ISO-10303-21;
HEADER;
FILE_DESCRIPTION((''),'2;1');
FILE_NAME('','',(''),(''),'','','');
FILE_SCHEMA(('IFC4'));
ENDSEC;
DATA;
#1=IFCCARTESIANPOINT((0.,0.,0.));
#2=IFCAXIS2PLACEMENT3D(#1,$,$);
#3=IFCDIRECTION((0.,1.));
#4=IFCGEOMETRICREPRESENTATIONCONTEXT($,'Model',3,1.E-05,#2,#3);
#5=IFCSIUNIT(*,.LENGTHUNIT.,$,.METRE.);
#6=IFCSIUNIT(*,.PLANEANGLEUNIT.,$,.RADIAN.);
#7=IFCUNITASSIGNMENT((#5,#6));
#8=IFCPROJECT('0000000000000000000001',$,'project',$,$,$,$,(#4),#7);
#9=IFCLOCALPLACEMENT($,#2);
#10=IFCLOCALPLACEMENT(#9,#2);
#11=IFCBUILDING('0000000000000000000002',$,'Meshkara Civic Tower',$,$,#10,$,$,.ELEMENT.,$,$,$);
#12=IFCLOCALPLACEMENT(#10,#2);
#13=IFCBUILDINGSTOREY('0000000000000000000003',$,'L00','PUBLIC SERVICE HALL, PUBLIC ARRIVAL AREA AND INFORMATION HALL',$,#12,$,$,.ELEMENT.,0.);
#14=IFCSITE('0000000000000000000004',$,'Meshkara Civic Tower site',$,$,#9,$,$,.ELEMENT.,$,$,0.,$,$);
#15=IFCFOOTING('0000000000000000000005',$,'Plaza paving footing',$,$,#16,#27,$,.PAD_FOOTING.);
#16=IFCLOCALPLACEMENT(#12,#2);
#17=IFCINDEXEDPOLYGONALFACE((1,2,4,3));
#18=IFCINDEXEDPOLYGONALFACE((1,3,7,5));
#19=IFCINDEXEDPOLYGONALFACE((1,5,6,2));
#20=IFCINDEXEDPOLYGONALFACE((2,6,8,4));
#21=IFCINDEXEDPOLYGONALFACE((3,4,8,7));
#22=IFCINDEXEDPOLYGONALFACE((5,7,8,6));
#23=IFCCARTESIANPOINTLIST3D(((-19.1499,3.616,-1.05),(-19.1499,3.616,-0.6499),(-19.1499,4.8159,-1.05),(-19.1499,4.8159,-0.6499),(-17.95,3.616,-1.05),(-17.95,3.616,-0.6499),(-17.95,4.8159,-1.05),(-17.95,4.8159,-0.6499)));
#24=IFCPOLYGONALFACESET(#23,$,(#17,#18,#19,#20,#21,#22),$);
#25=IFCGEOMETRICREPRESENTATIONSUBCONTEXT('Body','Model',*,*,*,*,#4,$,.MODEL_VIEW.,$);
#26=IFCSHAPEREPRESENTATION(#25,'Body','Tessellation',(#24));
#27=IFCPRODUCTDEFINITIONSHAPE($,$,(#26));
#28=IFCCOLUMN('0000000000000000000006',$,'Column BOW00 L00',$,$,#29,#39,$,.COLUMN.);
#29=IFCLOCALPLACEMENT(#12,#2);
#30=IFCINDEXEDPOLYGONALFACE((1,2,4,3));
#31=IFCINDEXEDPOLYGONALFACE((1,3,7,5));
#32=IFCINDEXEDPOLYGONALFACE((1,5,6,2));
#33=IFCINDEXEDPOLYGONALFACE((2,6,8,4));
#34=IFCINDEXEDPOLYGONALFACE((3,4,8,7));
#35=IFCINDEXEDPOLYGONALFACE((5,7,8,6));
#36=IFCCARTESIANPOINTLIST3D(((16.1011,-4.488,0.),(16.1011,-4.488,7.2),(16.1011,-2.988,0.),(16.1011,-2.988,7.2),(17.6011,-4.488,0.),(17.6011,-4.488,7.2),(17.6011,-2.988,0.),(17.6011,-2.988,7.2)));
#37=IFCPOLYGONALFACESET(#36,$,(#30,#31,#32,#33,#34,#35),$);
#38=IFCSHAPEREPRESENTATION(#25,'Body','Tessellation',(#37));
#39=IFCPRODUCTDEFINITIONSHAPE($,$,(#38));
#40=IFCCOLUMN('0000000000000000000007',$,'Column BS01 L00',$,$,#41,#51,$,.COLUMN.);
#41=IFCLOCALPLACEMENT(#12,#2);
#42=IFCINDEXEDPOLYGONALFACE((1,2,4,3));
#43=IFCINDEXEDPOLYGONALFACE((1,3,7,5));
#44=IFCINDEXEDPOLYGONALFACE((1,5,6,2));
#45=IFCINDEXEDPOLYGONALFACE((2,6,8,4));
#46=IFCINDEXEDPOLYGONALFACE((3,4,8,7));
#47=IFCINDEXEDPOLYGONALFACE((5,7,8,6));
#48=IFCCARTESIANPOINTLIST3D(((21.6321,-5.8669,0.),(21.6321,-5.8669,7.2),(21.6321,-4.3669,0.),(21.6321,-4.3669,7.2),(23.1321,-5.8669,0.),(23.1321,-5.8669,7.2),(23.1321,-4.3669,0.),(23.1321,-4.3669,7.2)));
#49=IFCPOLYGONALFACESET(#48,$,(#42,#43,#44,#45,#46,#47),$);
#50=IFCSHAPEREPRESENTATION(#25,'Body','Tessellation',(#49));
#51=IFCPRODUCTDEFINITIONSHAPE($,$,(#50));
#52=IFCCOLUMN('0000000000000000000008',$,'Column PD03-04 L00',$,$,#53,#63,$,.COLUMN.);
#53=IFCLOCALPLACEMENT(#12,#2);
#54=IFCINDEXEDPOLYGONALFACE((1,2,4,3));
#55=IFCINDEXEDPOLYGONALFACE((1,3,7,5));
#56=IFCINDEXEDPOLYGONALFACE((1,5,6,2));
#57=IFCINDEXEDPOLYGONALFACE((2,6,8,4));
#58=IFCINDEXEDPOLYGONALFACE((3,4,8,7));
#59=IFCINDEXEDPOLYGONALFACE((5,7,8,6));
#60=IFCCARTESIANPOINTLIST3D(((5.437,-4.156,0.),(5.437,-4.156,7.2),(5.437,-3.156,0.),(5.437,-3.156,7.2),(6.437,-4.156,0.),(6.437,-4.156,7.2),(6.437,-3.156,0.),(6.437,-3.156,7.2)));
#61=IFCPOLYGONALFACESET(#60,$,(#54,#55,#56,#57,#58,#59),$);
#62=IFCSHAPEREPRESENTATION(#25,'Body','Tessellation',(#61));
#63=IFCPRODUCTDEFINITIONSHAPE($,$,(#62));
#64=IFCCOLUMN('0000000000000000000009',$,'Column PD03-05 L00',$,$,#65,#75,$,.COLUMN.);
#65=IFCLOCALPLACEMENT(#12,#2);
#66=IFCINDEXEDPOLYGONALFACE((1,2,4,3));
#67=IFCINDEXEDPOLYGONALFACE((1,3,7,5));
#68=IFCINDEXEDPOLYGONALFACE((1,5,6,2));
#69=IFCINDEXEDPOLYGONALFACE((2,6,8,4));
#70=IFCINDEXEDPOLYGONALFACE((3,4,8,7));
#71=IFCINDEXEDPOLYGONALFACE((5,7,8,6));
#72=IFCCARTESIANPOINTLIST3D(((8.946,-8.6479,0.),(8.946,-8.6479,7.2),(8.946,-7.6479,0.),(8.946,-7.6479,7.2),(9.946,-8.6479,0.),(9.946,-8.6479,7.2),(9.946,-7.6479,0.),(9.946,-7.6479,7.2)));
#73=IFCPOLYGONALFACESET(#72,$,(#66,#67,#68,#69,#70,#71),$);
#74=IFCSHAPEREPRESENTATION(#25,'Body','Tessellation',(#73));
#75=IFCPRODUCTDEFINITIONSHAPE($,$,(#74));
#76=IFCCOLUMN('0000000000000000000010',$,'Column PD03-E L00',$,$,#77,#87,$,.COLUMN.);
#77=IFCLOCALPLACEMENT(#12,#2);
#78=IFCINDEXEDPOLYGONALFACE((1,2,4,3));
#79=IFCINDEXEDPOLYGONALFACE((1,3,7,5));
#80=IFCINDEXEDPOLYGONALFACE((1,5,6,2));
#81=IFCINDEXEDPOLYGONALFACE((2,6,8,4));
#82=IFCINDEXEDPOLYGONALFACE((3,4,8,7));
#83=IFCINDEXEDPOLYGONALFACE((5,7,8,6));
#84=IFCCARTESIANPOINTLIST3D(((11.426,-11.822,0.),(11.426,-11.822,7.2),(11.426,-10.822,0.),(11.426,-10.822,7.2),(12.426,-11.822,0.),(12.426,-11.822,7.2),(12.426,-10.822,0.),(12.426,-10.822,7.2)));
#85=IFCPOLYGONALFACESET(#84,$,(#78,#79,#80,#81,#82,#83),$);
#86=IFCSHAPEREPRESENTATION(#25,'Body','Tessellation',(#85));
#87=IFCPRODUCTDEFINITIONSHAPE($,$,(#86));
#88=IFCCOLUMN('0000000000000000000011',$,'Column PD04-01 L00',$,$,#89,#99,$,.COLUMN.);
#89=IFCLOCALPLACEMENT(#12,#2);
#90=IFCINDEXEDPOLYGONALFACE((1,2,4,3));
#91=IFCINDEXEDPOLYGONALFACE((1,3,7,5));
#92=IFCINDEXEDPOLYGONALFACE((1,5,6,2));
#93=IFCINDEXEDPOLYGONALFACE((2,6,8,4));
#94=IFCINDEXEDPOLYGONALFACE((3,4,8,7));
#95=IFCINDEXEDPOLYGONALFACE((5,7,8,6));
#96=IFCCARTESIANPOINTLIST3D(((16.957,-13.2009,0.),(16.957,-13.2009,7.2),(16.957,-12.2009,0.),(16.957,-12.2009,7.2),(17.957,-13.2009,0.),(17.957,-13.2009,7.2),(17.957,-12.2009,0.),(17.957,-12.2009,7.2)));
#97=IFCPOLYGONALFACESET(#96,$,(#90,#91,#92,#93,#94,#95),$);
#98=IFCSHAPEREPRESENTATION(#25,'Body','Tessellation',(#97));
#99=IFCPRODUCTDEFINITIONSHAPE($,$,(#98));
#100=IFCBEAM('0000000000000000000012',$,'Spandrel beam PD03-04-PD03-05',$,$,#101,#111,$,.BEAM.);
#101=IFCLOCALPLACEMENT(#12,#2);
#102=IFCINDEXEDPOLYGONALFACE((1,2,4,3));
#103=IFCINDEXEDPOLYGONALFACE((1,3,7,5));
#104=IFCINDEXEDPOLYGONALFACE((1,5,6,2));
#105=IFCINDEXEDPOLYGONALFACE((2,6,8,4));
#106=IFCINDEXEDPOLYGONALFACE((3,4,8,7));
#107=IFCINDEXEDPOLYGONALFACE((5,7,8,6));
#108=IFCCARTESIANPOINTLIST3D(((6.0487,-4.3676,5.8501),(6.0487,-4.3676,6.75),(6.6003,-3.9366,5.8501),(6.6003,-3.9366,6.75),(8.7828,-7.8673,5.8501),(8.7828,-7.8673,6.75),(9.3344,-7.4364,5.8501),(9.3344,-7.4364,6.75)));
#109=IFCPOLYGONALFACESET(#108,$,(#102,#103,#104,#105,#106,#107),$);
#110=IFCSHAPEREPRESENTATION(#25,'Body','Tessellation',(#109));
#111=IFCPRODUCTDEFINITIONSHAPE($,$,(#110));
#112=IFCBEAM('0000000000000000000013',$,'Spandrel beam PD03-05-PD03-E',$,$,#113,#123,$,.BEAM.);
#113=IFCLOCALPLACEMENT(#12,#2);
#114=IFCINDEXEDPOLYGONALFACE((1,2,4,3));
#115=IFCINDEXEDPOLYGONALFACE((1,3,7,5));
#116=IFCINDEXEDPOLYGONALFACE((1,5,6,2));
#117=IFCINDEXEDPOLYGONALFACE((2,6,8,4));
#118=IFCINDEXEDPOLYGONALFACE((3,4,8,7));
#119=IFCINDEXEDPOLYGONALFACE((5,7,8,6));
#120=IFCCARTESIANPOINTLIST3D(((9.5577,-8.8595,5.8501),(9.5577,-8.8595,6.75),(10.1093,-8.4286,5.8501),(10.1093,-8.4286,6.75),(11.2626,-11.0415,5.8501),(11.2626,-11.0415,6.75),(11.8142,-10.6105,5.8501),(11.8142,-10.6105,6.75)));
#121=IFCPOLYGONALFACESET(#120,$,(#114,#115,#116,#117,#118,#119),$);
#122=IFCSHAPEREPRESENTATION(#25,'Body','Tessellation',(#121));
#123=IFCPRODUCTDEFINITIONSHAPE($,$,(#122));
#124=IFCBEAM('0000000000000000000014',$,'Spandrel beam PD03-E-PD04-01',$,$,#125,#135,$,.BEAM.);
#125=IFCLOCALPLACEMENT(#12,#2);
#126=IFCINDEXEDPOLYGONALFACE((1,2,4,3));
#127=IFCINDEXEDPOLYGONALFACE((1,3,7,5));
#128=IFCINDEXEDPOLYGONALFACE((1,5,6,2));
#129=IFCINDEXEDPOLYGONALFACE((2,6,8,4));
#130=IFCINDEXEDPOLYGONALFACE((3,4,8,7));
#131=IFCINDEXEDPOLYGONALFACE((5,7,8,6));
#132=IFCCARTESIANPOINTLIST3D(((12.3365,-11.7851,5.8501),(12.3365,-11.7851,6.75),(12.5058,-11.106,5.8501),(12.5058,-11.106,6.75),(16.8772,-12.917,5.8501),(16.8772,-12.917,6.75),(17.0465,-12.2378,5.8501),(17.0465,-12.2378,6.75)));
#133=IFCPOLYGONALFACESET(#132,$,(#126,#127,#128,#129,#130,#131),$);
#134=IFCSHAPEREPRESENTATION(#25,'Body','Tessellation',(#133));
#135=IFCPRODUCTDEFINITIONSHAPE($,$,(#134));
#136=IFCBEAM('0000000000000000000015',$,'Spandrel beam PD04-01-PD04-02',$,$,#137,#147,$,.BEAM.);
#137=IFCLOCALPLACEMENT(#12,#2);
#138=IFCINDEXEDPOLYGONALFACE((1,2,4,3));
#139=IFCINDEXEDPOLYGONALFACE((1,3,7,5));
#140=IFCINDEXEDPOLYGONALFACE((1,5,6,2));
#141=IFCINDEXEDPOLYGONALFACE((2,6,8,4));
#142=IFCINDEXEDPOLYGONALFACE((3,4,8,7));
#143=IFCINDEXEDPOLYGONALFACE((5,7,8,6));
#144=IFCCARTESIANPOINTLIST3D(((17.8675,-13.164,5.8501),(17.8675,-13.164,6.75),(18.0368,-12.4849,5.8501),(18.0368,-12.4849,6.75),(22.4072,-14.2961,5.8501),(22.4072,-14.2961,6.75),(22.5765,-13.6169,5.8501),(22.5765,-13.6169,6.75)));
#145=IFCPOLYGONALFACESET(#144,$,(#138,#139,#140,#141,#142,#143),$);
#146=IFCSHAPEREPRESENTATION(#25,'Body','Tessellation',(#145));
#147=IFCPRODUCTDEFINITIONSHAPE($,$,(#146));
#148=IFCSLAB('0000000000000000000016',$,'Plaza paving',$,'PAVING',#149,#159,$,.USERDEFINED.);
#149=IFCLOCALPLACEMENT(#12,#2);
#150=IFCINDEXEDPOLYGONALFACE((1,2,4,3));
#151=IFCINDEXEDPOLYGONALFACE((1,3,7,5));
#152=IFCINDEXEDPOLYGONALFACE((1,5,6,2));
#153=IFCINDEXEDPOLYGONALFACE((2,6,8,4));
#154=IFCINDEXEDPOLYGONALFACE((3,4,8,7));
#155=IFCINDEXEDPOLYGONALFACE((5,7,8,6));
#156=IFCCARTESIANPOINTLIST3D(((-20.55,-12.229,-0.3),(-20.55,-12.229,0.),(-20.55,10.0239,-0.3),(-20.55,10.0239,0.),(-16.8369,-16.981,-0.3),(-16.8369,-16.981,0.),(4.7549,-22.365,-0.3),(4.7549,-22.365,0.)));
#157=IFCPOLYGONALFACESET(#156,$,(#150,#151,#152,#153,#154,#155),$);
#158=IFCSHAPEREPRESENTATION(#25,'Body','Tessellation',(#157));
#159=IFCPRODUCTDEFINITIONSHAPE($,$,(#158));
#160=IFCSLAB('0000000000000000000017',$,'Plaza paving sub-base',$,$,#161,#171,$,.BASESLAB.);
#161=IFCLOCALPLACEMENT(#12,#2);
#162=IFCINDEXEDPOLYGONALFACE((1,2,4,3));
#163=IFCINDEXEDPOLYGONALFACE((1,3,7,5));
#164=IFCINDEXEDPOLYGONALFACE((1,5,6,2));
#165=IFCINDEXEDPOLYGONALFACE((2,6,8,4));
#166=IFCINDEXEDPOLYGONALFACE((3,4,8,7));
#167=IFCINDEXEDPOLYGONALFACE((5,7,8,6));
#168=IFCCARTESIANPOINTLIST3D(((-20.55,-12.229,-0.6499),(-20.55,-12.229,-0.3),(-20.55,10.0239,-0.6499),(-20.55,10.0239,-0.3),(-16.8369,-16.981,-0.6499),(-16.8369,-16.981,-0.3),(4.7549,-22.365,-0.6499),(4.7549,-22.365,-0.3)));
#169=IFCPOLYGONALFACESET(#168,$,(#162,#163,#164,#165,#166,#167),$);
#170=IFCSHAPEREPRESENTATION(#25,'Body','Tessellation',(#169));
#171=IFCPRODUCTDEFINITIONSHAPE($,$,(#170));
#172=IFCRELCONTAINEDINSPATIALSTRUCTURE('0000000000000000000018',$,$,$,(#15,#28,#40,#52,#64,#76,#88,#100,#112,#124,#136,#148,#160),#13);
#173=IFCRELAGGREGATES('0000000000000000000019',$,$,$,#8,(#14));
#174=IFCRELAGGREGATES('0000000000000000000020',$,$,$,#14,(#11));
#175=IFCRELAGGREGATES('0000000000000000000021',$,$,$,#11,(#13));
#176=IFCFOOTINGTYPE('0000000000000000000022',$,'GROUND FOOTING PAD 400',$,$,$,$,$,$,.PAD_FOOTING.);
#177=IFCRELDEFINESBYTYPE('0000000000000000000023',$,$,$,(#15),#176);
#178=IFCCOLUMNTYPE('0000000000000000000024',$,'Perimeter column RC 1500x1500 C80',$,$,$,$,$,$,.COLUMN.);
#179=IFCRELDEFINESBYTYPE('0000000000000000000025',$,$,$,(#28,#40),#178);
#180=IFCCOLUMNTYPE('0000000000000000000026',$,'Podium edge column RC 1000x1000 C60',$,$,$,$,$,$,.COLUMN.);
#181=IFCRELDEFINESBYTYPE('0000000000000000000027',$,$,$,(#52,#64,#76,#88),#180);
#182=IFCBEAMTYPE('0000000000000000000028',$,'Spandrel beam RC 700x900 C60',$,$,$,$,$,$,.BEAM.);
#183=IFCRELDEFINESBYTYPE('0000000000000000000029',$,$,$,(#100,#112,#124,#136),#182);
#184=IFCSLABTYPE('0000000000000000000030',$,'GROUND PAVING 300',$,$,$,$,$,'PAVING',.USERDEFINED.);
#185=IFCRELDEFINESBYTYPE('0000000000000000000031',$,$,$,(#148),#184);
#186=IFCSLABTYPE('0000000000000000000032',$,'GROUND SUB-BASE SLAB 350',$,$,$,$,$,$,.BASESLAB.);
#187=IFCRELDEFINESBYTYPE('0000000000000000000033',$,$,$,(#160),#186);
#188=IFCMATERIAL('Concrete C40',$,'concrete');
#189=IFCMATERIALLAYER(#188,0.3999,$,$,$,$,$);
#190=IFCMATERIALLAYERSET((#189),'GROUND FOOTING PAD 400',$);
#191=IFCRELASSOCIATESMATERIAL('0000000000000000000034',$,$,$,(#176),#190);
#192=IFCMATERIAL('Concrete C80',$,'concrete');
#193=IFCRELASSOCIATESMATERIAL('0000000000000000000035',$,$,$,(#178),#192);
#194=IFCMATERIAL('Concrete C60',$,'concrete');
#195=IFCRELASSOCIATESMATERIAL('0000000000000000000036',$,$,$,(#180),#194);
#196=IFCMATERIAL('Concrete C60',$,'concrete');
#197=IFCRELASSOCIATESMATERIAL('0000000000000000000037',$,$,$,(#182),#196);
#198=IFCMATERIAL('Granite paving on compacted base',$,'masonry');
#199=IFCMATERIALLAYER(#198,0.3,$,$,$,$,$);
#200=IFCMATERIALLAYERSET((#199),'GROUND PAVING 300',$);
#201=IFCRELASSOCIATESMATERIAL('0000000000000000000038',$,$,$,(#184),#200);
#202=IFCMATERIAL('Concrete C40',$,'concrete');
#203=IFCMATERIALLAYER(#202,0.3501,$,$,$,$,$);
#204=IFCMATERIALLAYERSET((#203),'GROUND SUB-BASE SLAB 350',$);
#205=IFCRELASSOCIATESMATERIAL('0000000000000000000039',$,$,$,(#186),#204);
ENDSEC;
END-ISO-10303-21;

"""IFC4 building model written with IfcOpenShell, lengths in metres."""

from ifc_helpers import new_model, si_unit, direction, frame, origin, origin_2d, place, context, subcontext, project, spatial, polyline, rectangle, outline, extrude, material, layer, layer_set, material_profile, profile_set, type_object, element, save


model = new_model("IFC4")

# Units and contexts
model_context = context("Model", 3, precision=1e-05, world=origin(), true_north=direction((0.0, 1.0)))
body_context = subcontext(model_context, "Body", "Model", "MODEL_VIEW")
ifc_project = project(units=[si_unit("LENGTHUNIT", "METRE"), si_unit("PLANEANGLEUNIT", "RADIAN")], contexts=[model_context])

# Site, building, storey
site_placement = place(None, origin())
site = spatial("IfcSite", under=ifc_project, at=site_placement, Name="Meshkara Civic Tower site", CompositionType="ELEMENT", RefElevation=0.0)
building_placement = place(site_placement, origin())
building = spatial("IfcBuilding", under=site, at=building_placement, Name="Meshkara Civic Tower", CompositionType="ELEMENT")
storey_placement = place(building_placement, origin())
storey = spatial("IfcBuildingStorey", under=building, at=storey_placement, Name="L00", Description="PUBLIC SERVICE HALL, PUBLIC ARRIVAL AREA AND INFORMATION HALL", CompositionType="ELEMENT", Elevation=0.0)

# Footing
ifc_material_1 = material(Name="Concrete C40", Category="concrete")
ifc_layer_1 = layer(ifc_material_1, 0.3999)
ifc_layer_set_1 = layer_set([ifc_layer_1], Name="GROUND FOOTING PAD 400")
footing_type = type_object("IfcFootingType", Name="GROUND FOOTING PAD 400", PredefinedType="PAD_FOOTING", material=ifc_layer_set_1)
footing_placement = place(storey_placement, frame((0.0, 0.0, -1.05)))
element("IfcFooting", 1, at=footing_placement, inside=storey, type_object=footing_type, Name="Plaza paving footing", PredefinedType="PAD_FOOTING", context=body_context, shape_type="SweptSolid", body=[
    extrude(outline(polyline([(-19.1499, 3.616), (-17.95, 3.616), (-17.95, 4.8159), (-19.1499, 4.8159), (-19.1499, 3.616)])), origin(), (0.0, 0.0, 1.0), 0.4001),
])

# Columns
ifc_material_2 = material(Name="Concrete C80", Category="concrete")
ifc_material_profile_1 = material_profile(ifc_material_2, rectangle(XDim=1.5, YDim=1.5, at=origin_2d()))
ifc_profile_set_1 = profile_set([ifc_material_profile_1], Name="Concrete C80")
column_type_1 = type_object("IfcColumnType", Name="Perimeter column RC 1500x1500 C80", PredefinedType="COLUMN", material=ifc_profile_set_1)
for number, where, z_axis, x_axis, name in (
    (2, (16.8511, -3.738, 0.0), (0.0, 0.0, 1.0), (1.0, 0.0, 0.0), "Column BOW00 L00"),
    (3, (22.3821, -5.1169, 0.0), (0.0, 0.0, 1.0), (1.0, 0.0, 0.0), "Column BS01 L00"),
):
    element("IfcColumn", number, at=place(storey_placement, frame(where, z_axis=z_axis, x_axis=x_axis)), inside=storey, type_object=column_type_1, Name=name, PredefinedType="COLUMN", context=body_context, shape_type="SweptSolid", body=[
        extrude(rectangle(XDim=1.5, YDim=1.5, at=origin_2d()), origin(), (0.0, 0.0, 1.0), 7.2),
    ])
ifc_material_3 = material(Name="Concrete C60", Category="concrete")
ifc_material_profile_2 = material_profile(ifc_material_3, rectangle(XDim=1.0, YDim=1.0, at=origin_2d()))
ifc_profile_set_2 = profile_set([ifc_material_profile_2], Name="Concrete C60")
column_type_2 = type_object("IfcColumnType", Name="Podium edge column RC 1000x1000 C60", PredefinedType="COLUMN", material=ifc_profile_set_2)
for number, where, z_axis, x_axis, name in (
    (4, (5.937, -3.656, 0.0), (0.0, 0.0, 1.0), (1.0, 0.0, 0.0), "Column PD03-04 L00"),
    (5, (9.446, -8.1479, 0.0), (0.0, 0.0, 1.0), (1.0, 0.0, 0.0), "Column PD03-05 L00"),
    (6, (11.926, -11.322, 0.0), (0.0, 0.0, 1.0), (1.0, 0.0, 0.0), "Column PD03-E L00"),
    (7, (17.457, -12.7009, 0.0), (0.0, 0.0, 1.0), (1.0, 0.0, 0.0), "Column PD04-01 L00"),
):
    element("IfcColumn", number, at=place(storey_placement, frame(where, z_axis=z_axis, x_axis=x_axis)), inside=storey, type_object=column_type_2, Name=name, PredefinedType="COLUMN", context=body_context, shape_type="SweptSolid", body=[
        extrude(rectangle(XDim=1.0, YDim=1.0, at=origin_2d()), origin(), (0.0, 0.0, 1.0), 7.2),
    ])

# Beams
ifc_material_4 = material(Name="Concrete C60", Category="concrete")
ifc_material_profile_3 = material_profile(ifc_material_4, rectangle(XDim=0.7, YDim=0.8999, at=origin_2d()))
ifc_profile_set_3 = profile_set([ifc_material_profile_3], Name="Concrete C60")
beam_type = type_object("IfcBeamType", Name="Spandrel beam RC 700x900 C60", PredefinedType="BEAM", material=ifc_profile_set_3)
beam_1_placement = place(storey_placement, frame((6.3245, -4.1521, 6.3), z_axis=(0.615637, -0.78803, 0.0), x_axis=(0.78803, 0.615637, 0.0)))
element("IfcBeam", 8, at=beam_1_placement, inside=storey, type_object=beam_type, Name="Spandrel beam PD03-04-PD03-05", PredefinedType="BEAM", context=body_context, shape_type="SweptSolid", body=[
    extrude(rectangle(XDim=0.7, YDim=0.8999, at=origin_2d()), origin(), (0.0, 0.0, 1.0), 4.4412),
])
beam_2_placement = place(storey_placement, frame((9.8335, -8.644, 6.3), z_axis=(0.615697, -0.787983, 0.0), x_axis=(0.787983, 0.615697, 0.0)))
element("IfcBeam", 9, at=beam_2_placement, inside=storey, type_object=beam_type, Name="Spandrel beam PD03-05-PD03-E", PredefinedType="BEAM", context=body_context, shape_type="SweptSolid", body=[
    extrude(rectangle(XDim=0.7, YDim=0.8999, at=origin_2d()), origin(), (0.0, 0.0, 1.0), 2.769),
])
beam_3_placement = place(storey_placement, frame((12.4211, -11.4456, 6.3), z_axis=(0.970311, -0.24186, 0.0), x_axis=(0.24186, 0.970311, 0.0)))
element("IfcBeam", 10, at=beam_3_placement, inside=storey, type_object=beam_type, Name="Spandrel beam PD03-E-PD04-01", PredefinedType="BEAM", context=body_context, shape_type="SweptSolid", body=[
    extrude(rectangle(XDim=0.7, YDim=0.8999, at=origin_2d()), origin(), (0.0, 0.0, 1.0), 4.6797),
])
beam_4_placement = place(storey_placement, frame((17.9521, -12.8245, 6.3), z_axis=(0.970287, -0.241959, 0.0), x_axis=(0.241959, 0.970287, 0.0)))
element("IfcBeam", 11, at=beam_4_placement, inside=storey, type_object=beam_type, Name="Spandrel beam PD04-01-PD04-02", PredefinedType="BEAM", context=body_context, shape_type="SweptSolid", body=[
    extrude(rectangle(XDim=0.7, YDim=0.8999, at=origin_2d()), origin(), (0.0, 0.0, 1.0), 4.6787),
])

# Slabs
ifc_material_5 = material(Name="Granite paving on compacted base", Category="masonry")
ifc_layer_2 = layer(ifc_material_5, 0.3)
ifc_layer_set_2 = layer_set([ifc_layer_2], Name="GROUND PAVING 300")
slab_type_1 = type_object("IfcSlabType", Name="GROUND PAVING 300", ElementType="PAVING", PredefinedType="USERDEFINED", material=ifc_layer_set_2)
slab_1_placement = place(storey_placement, frame((0.0, 0.0, -0.3)))
element("IfcSlab", 12, at=slab_1_placement, inside=storey, type_object=slab_type_1, Name="Plaza paving", ObjectType="PAVING", PredefinedType="USERDEFINED", context=body_context, shape_type="SweptSolid", body=[
    extrude(outline(polyline([(-20.55, -12.229), (-20.55, 10.0239), (4.7549, -22.365), (-16.8369, -16.981), (-20.55, -12.229)])), origin(), (0.0, 0.0, 1.0), 0.3),
])
ifc_material_6 = material(Name="Concrete C40", Category="concrete")
ifc_layer_3 = layer(ifc_material_6, 0.3501)
ifc_layer_set_3 = layer_set([ifc_layer_3], Name="GROUND SUB-BASE SLAB 350")
slab_type_2 = type_object("IfcSlabType", Name="GROUND SUB-BASE SLAB 350", PredefinedType="BASESLAB", material=ifc_layer_set_3)
slab_2_placement = place(storey_placement, frame((0.0, 0.0, -0.6499)))
element("IfcSlab", 13, at=slab_2_placement, inside=storey, type_object=slab_type_2, Name="Plaza paving sub-base", PredefinedType="BASESLAB", context=body_context, shape_type="SweptSolid", body=[
    extrude(outline(polyline([(-20.55, 10.0239), (4.7549, -22.365), (-16.8369, -16.981), (-20.55, -12.229), (-20.55, 10.0239)])), origin(), (0.0, 0.0, 1.0), 0.3499),
])

save(model, "model.ifc")
